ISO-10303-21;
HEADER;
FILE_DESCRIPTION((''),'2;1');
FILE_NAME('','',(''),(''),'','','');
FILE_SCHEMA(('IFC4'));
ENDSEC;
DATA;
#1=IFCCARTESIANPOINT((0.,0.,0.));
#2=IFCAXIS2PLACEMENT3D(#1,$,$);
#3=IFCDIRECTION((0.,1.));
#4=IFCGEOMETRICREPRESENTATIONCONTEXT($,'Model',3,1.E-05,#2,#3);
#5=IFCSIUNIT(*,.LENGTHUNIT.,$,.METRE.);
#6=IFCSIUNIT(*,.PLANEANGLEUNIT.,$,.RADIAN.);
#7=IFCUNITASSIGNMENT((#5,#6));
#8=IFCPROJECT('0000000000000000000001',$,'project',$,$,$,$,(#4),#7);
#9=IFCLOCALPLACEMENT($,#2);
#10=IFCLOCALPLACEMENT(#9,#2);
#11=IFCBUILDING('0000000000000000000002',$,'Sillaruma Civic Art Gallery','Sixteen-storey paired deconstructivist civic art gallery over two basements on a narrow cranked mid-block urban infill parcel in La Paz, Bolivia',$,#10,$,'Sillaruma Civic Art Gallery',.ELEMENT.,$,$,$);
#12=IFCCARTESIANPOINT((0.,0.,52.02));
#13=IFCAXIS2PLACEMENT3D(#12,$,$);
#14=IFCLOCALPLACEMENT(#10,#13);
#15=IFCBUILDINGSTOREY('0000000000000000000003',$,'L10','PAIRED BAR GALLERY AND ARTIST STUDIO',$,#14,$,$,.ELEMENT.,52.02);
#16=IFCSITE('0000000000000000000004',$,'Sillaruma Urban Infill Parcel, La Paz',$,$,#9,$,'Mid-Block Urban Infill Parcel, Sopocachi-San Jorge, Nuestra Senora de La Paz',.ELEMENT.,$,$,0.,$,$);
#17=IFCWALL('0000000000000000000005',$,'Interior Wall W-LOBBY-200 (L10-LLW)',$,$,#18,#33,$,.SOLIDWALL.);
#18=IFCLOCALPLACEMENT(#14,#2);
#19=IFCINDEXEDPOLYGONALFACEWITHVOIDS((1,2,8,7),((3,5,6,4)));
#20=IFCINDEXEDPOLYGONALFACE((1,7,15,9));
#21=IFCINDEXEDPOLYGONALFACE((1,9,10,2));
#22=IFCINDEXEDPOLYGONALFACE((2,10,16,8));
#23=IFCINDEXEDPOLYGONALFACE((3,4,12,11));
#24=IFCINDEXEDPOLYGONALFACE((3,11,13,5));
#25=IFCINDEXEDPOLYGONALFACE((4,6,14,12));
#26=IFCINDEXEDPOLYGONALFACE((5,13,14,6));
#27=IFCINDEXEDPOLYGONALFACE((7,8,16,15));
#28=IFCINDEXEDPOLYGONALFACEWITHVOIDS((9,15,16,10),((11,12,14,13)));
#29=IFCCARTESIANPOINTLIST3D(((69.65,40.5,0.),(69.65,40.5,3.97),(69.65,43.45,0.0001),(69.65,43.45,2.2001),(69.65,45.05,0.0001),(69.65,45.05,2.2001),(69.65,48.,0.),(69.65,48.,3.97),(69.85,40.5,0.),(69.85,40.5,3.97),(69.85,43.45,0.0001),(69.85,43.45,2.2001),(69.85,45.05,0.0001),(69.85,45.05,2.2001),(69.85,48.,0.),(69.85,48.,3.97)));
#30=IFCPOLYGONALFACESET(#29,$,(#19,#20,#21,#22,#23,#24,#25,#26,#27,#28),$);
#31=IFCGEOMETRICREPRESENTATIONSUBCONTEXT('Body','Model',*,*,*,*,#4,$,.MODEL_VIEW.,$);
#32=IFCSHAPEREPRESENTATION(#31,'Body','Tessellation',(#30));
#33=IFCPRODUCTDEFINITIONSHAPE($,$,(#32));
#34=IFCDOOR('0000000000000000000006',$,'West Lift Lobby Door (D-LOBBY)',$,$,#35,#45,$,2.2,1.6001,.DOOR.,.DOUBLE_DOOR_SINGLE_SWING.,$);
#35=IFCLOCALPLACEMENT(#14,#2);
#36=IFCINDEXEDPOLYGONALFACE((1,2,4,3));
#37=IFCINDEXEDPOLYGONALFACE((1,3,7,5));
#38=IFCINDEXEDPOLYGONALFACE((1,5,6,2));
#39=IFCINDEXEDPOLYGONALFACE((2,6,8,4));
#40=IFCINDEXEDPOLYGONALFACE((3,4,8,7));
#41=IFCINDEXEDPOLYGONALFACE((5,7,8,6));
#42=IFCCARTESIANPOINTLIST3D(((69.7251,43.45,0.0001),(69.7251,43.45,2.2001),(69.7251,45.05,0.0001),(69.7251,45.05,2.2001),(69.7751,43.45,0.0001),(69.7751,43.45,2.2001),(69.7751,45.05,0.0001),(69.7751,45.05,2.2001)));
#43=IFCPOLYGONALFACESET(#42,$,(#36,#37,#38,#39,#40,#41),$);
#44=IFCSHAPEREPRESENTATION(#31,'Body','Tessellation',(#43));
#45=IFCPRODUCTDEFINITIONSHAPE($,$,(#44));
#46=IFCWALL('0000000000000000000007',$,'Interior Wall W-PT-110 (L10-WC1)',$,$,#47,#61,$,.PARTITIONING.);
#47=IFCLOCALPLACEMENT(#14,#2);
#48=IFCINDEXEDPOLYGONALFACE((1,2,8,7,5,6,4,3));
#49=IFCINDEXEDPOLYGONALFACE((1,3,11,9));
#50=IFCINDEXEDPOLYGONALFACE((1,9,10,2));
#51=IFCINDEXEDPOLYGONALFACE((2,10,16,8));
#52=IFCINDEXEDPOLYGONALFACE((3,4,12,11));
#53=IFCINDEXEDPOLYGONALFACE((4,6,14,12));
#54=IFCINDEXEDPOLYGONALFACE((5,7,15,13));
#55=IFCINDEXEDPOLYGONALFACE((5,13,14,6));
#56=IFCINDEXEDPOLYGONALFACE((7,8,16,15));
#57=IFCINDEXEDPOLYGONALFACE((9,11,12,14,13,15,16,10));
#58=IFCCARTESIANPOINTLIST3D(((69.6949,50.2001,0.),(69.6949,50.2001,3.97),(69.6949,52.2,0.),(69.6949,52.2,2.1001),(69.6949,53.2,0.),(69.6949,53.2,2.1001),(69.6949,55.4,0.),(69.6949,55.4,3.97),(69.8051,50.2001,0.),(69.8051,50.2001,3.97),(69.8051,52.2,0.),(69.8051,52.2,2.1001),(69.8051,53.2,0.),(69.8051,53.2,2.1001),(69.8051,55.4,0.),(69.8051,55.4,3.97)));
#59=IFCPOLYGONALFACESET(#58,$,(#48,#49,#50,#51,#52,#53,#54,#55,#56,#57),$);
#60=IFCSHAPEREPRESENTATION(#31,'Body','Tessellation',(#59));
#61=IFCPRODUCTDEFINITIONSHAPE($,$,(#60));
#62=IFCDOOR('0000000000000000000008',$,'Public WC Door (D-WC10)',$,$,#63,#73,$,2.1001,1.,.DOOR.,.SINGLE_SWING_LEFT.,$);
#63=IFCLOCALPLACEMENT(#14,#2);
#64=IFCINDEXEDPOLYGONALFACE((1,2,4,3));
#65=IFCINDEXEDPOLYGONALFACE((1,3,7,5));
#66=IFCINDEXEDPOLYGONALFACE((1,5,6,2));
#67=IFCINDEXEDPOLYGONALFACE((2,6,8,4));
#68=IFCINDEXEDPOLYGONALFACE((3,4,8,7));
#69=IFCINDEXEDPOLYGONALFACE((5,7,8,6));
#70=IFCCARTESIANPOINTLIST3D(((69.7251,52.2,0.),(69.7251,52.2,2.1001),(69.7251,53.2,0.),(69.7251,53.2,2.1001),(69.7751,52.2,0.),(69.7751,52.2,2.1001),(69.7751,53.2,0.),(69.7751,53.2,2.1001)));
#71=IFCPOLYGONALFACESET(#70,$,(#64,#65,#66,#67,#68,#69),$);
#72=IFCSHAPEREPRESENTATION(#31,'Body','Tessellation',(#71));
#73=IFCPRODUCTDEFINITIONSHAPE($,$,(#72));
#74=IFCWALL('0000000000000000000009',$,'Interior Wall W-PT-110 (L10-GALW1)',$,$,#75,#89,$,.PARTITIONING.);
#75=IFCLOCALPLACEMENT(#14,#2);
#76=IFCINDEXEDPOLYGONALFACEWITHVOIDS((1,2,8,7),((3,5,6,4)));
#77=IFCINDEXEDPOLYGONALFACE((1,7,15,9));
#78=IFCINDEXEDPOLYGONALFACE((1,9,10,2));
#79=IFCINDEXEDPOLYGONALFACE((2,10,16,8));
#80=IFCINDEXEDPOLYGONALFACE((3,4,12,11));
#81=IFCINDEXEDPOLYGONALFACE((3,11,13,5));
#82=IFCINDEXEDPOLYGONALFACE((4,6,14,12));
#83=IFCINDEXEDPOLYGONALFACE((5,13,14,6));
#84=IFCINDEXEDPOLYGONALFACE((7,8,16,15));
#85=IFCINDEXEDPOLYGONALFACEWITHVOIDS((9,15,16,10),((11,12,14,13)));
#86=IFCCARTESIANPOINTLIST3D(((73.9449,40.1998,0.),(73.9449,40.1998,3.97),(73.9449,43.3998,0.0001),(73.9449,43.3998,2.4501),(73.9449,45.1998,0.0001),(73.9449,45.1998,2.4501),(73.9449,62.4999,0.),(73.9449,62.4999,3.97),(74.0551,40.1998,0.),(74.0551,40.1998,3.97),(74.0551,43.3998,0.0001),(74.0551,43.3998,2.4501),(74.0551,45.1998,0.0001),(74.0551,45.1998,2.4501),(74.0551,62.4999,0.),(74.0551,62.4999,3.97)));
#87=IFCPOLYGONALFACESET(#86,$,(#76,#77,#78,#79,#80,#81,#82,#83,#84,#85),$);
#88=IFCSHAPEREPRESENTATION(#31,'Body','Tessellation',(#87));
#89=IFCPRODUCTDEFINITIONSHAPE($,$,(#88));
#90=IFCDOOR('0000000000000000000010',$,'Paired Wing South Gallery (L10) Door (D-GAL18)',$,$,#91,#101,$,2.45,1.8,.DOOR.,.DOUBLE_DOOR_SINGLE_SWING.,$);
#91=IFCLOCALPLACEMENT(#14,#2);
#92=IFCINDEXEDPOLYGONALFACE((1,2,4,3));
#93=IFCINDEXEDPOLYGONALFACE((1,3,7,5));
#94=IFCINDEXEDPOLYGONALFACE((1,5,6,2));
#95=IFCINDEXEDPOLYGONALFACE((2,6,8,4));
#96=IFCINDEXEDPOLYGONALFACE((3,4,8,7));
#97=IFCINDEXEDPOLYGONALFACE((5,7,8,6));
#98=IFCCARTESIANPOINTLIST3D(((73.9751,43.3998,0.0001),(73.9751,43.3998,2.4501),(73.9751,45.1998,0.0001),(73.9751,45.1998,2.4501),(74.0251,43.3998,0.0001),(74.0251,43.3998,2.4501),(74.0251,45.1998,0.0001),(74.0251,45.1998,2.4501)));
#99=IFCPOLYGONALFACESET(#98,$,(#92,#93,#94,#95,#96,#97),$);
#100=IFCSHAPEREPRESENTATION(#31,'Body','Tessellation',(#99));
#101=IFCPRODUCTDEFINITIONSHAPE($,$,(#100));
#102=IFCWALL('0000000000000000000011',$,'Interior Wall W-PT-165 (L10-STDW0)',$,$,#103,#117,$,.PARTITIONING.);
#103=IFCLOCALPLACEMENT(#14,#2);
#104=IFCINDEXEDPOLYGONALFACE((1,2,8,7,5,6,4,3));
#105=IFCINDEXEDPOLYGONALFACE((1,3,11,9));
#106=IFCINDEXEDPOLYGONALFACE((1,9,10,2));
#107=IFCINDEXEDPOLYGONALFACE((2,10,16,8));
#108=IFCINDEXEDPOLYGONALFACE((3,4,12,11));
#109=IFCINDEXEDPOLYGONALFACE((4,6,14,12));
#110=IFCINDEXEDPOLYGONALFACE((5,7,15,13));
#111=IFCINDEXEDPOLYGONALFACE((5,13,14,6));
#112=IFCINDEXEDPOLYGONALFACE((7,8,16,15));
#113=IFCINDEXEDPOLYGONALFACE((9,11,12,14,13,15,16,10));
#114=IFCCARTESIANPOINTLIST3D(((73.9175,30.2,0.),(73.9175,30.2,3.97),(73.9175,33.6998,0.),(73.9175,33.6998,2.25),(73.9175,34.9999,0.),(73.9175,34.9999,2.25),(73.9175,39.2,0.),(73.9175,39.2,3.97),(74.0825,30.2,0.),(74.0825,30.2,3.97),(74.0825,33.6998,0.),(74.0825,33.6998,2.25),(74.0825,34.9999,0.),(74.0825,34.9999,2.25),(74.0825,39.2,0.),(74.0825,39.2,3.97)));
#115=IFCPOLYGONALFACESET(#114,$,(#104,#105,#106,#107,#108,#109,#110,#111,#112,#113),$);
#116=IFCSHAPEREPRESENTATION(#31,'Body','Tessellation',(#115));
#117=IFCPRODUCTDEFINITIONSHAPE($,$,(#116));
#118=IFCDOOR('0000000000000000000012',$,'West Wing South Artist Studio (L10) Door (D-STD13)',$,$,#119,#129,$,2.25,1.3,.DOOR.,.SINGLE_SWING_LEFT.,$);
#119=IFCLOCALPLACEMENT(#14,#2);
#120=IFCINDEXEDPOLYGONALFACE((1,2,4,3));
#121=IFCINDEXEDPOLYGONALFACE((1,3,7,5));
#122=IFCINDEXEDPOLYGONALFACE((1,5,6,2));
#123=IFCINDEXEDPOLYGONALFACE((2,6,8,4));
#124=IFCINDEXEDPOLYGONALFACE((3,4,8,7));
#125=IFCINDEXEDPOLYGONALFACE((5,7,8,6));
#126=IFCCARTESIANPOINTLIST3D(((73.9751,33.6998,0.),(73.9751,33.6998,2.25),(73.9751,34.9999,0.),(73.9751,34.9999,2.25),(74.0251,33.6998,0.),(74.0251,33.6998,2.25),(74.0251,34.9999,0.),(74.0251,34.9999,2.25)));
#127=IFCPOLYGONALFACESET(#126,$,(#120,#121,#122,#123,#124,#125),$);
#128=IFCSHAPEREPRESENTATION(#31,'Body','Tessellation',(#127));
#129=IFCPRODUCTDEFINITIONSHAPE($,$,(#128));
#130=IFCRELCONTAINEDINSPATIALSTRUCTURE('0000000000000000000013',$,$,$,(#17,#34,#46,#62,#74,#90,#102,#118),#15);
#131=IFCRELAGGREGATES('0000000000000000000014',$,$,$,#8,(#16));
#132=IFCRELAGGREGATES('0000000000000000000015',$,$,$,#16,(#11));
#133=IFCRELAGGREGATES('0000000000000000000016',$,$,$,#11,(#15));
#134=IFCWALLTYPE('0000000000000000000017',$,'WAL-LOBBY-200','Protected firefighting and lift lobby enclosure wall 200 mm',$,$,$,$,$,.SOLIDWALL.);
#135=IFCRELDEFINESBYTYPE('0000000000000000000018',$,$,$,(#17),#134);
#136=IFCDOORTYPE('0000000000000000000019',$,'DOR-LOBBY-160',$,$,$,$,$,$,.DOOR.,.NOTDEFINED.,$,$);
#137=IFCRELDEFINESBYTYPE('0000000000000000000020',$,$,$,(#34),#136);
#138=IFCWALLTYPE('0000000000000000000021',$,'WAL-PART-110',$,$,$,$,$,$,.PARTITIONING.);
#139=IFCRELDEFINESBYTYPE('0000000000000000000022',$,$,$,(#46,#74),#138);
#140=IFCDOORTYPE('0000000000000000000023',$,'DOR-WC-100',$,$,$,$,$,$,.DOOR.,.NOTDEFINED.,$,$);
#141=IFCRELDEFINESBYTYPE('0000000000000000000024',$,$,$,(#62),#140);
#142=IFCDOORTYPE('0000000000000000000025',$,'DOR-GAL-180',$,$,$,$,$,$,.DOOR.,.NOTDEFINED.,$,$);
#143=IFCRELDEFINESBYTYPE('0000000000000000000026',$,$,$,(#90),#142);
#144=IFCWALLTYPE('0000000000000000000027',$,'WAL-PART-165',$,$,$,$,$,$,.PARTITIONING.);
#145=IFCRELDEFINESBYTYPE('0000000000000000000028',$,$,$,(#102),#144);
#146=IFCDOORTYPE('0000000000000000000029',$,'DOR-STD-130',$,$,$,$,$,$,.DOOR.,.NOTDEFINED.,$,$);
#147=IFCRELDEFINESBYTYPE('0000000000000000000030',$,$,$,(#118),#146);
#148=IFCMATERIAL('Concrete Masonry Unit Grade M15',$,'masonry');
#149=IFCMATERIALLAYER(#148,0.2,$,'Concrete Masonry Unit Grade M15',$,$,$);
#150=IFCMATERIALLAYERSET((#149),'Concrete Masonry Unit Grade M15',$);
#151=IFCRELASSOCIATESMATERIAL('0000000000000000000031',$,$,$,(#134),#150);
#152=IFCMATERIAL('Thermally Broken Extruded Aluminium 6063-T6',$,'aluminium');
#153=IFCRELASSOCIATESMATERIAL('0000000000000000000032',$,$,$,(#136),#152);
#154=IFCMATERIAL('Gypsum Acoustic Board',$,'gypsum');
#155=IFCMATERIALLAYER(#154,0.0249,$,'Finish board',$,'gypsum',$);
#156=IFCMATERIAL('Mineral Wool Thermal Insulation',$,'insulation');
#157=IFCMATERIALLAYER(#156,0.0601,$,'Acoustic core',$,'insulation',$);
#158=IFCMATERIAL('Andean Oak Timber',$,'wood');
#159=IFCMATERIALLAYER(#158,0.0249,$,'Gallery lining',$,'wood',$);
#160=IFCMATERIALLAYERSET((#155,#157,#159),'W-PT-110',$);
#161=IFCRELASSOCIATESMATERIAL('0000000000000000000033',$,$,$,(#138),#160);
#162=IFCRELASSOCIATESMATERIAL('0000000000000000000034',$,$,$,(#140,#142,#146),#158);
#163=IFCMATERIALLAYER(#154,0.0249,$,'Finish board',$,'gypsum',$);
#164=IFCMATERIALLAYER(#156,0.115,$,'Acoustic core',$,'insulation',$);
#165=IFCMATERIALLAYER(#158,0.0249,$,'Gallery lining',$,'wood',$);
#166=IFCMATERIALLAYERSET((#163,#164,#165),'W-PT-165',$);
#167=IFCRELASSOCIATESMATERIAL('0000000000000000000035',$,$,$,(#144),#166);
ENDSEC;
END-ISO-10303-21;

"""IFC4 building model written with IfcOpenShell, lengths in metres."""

from ifc_helpers import new_model, si_unit, direction, frame, frame_2d, origin, place, context, subcontext, project, spatial, rectangle, extrude, material, layer, layer_set, type_object, element, fill, save


model = new_model("IFC4")

# Units and contexts
model_context = context("Model", 3, precision=1e-05, world=origin(), true_north=direction((0.0, 1.0)))
body_context = subcontext(model_context, "Body", "Model", "MODEL_VIEW")
ifc_project = project(units=[si_unit("LENGTHUNIT", "METRE"), si_unit("PLANEANGLEUNIT", "RADIAN")], contexts=[model_context])

# Site, building, storey
site_placement = place(None, origin())
site = spatial("IfcSite", under=ifc_project, at=site_placement, Name="Sillaruma Urban Infill Parcel, La Paz", LongName="Mid-Block Urban Infill Parcel, Sopocachi-San Jorge, Nuestra Senora de La Paz", CompositionType="ELEMENT", RefElevation=0.0)
building_placement = place(site_placement, origin())
building = spatial("IfcBuilding", under=site, at=building_placement, Name="Sillaruma Civic Art Gallery", Description="Sixteen-storey paired deconstructivist civic art gallery over two basements on a narrow cranked mid-block urban infill parcel in La Paz, Bolivia", LongName="Sillaruma Civic Art Gallery", CompositionType="ELEMENT")
storey_placement = place(building_placement, frame((0.0, 0.0, 52.02)))
storey = spatial("IfcBuildingStorey", under=building, at=storey_placement, Name="L10", Description="PAIRED BAR GALLERY AND ARTIST STUDIO", CompositionType="ELEMENT", Elevation=52.02)

# Shared definitions
ifc_material_1 = material(Name="Concrete Masonry Unit Grade M15", Category="masonry")
ifc_layer_1 = layer(ifc_material_1, 0.2, Name="Concrete Masonry Unit Grade M15")
ifc_layer_set_1 = layer_set([ifc_layer_1], Name="Concrete Masonry Unit Grade M15")
wall_type_1 = type_object("IfcWallType", Name="WAL-LOBBY-200", Description="Protected firefighting and lift lobby enclosure wall 200 mm", PredefinedType="SOLIDWALL", material=ifc_layer_set_1)

# Walls, openings, doors
wall_1_placement = place(storey_placement, frame((69.75, 40.5, 0.0), z_axis=(0.0, 0.0, 1.0), x_axis=(0.0, 1.0, 0.0)))
wall_1 = element("IfcWall", 1, at=wall_1_placement, inside=storey, type_object=wall_type_1, Name="Interior Wall W-LOBBY-200 (L10-LLW)", PredefinedType="SOLIDWALL", context=body_context, shape_type="SweptSolid", body=[
    extrude(rectangle(XDim=7.5, YDim=0.2, at=frame_2d((3.75, 0.0))), origin(), (0.0, 0.0, 1.0), 3.97),
])
opening_1_placement = place(wall_1_placement, frame((2.95, 0.0, 0.0)))
opening_1 = element("IfcOpeningElement", 2, at=opening_1_placement, cuts=wall_1, PredefinedType="OPENING", context=body_context, shape_type="SweptSolid", body=[
    extrude(rectangle(XDim=1.6001, YDim=2.2, at=frame_2d((0.8, 1.1001))), frame((0.0, 0.1099, 0.0), z_axis=(0.0, -1.0, 0.0), x_axis=(1.0, 0.0, 0.0)), (0.0, 0.0, 1.0), 0.22),
])
ifc_material_2 = material(Name="Thermally Broken Extruded Aluminium 6063-T6", Category="aluminium")
door_type_1 = type_object("IfcDoorType", Name="DOR-LOBBY-160", OperationType="NOTDEFINED", PredefinedType="DOOR", material=ifc_material_2)
door_1_placement = place(opening_1_placement, origin())
door_1 = element("IfcDoor", 3, at=door_1_placement, inside=storey, type_object=door_type_1, Name="West Lift Lobby Door (D-LOBBY)", OperationType="DOUBLE_DOOR_SINGLE_SWING", OverallHeight=2.2, OverallWidth=1.6001, PredefinedType="DOOR", context=body_context, shape_type="SweptSolid", body=[
    extrude(rectangle(XDim=1.6001, YDim=2.2, at=frame_2d((0.8, 1.1001))), frame((0.0, 0.0249, 0.0), z_axis=(0.0, -1.0, 0.0), x_axis=(1.0, 0.0, 0.0)), (0.0, 0.0, 1.0), 0.05),
])
fill(opening_1, door_1)
ifc_material_3 = material(Name="Gypsum Acoustic Board", Category="gypsum")
ifc_layer_2 = layer(ifc_material_3, 0.0249, Name="Finish board", Category="gypsum")
ifc_material_4 = material(Name="Mineral Wool Thermal Insulation", Category="insulation")
ifc_layer_3 = layer(ifc_material_4, 0.0601, Name="Acoustic core", Category="insulation")
ifc_material_5 = material(Name="Andean Oak Timber", Category="wood")
ifc_layer_4 = layer(ifc_material_5, 0.0249, Name="Gallery lining", Category="wood")
ifc_layer_set_2 = layer_set([ifc_layer_2, ifc_layer_3, ifc_layer_4], Name="W-PT-110")
wall_type_2 = type_object("IfcWallType", Name="WAL-PART-110", PredefinedType="PARTITIONING", material=ifc_layer_set_2)
wall_2_placement = place(storey_placement, frame((69.75, 50.2, 0.0), z_axis=(0.0, 0.0, 1.0), x_axis=(0.0, 1.0, 0.0)))
wall_2 = element("IfcWall", 4, at=wall_2_placement, inside=storey, type_object=wall_type_2, Name="Interior Wall W-PT-110 (L10-WC1)", PredefinedType="PARTITIONING", context=body_context, shape_type="SweptSolid", body=[
    extrude(rectangle(XDim=5.2, YDim=0.1101, at=frame_2d((2.6001, 0.0))), origin(), (0.0, 0.0, 1.0), 3.97),
])
opening_2_placement = place(wall_2_placement, frame((2.0, 0.0, 0.0)))
opening_2 = element("IfcOpeningElement", 5, at=opening_2_placement, cuts=wall_2, PredefinedType="OPENING", context=body_context, shape_type="SweptSolid", body=[
    extrude(rectangle(XDim=1.0, YDim=2.1001, at=frame_2d((0.5, 1.05))), frame((0.0, 0.0649, 0.0), z_axis=(0.0, -1.0, 0.0), x_axis=(1.0, 0.0, 0.0)), (0.0, 0.0, 1.0), 0.1301),
])
door_type_2 = type_object("IfcDoorType", Name="DOR-WC-100", OperationType="NOTDEFINED", PredefinedType="DOOR", material=ifc_material_5)
door_2_placement = place(opening_2_placement, origin())
door_2 = element("IfcDoor", 6, at=door_2_placement, inside=storey, type_object=door_type_2, Name="Public WC Door (D-WC10)", OperationType="SINGLE_SWING_LEFT", OverallHeight=2.1001, OverallWidth=1.0, PredefinedType="DOOR", context=body_context, shape_type="SweptSolid", body=[
    extrude(rectangle(XDim=1.0, YDim=2.1001, at=frame_2d((0.5, 1.05))), frame((0.0, 0.0249, 0.0), z_axis=(0.0, -1.0, 0.0), x_axis=(1.0, 0.0, 0.0)), (0.0, 0.0, 1.0), 0.05),
])
fill(opening_2, door_2)
wall_3_placement = place(storey_placement, frame((74.0, 40.2, 0.0), z_axis=(0.0, 0.0, 1.0), x_axis=(0.0, 1.0, 0.0)))
wall_3 = element("IfcWall", 7, at=wall_3_placement, inside=storey, type_object=wall_type_2, Name="Interior Wall W-PT-110 (L10-GALW1)", PredefinedType="PARTITIONING", context=body_context, shape_type="SweptSolid", body=[
    extrude(rectangle(XDim=22.3, YDim=0.1101, at=frame_2d((11.1499, 0.0))), origin(), (0.0, 0.0, 1.0), 3.97),
])
opening_3_placement = place(wall_3_placement, frame((3.2, 0.0, 0.0)))
opening_3 = element("IfcOpeningElement", 8, at=opening_3_placement, cuts=wall_3, PredefinedType="OPENING", context=body_context, shape_type="SweptSolid", body=[
    extrude(rectangle(XDim=1.8, YDim=2.45, at=frame_2d((0.8999, 1.2251))), frame((0.0, 0.0649, 0.0), z_axis=(0.0, -1.0, 0.0), x_axis=(1.0, 0.0, 0.0)), (0.0, 0.0, 1.0), 0.1301),
])
door_type_3 = type_object("IfcDoorType", Name="DOR-GAL-180", OperationType="NOTDEFINED", PredefinedType="DOOR", material=ifc_material_5)
door_3_placement = place(opening_3_placement, origin())
door_3 = element("IfcDoor", 9, at=door_3_placement, inside=storey, type_object=door_type_3, Name="Paired Wing South Gallery (L10) Door (D-GAL18)", OperationType="DOUBLE_DOOR_SINGLE_SWING", OverallHeight=2.45, OverallWidth=1.8, PredefinedType="DOOR", context=body_context, shape_type="SweptSolid", body=[
    extrude(rectangle(XDim=1.8, YDim=2.45, at=frame_2d((0.8999, 1.2251))), frame((0.0, 0.0249, 0.0), z_axis=(0.0, -1.0, 0.0), x_axis=(1.0, 0.0, 0.0)), (0.0, 0.0, 1.0), 0.05),
])
fill(opening_3, door_3)
ifc_layer_5 = layer(ifc_material_3, 0.0249, Name="Finish board", Category="gypsum")
ifc_layer_6 = layer(ifc_material_4, 0.115, Name="Acoustic core", Category="insulation")
ifc_layer_7 = layer(ifc_material_5, 0.0249, Name="Gallery lining", Category="wood")
ifc_layer_set_3 = layer_set([ifc_layer_5, ifc_layer_6, ifc_layer_7], Name="W-PT-165")
wall_type_3 = type_object("IfcWallType", Name="WAL-PART-165", PredefinedType="PARTITIONING", material=ifc_layer_set_3)
wall_4_placement = place(storey_placement, frame((74.0, 30.2, 0.0), z_axis=(0.0, 0.0, 1.0), x_axis=(0.0, 1.0, 0.0)))
wall_4 = element("IfcWall", 10, at=wall_4_placement, inside=storey, type_object=wall_type_3, Name="Interior Wall W-PT-165 (L10-STDW0)", PredefinedType="PARTITIONING", context=body_context, shape_type="SweptSolid", body=[
    extrude(rectangle(XDim=9.0, YDim=0.165, at=frame_2d((4.5, 0.0))), origin(), (0.0, 0.0, 1.0), 3.97),
])
opening_4_placement = place(wall_4_placement, frame((3.5, 0.0, 0.0)))
opening_4 = element("IfcOpeningElement", 11, at=opening_4_placement, cuts=wall_4, PredefinedType="OPENING", context=body_context, shape_type="SweptSolid", body=[
    extrude(rectangle(XDim=1.3, YDim=2.25, at=frame_2d((0.6499, 1.125))), frame((0.0, 0.0925, 0.0), z_axis=(0.0, -1.0, 0.0), x_axis=(1.0, 0.0, 0.0)), (0.0, 0.0, 1.0), 0.1851),
])
door_type_4 = type_object("IfcDoorType", Name="DOR-STD-130", OperationType="NOTDEFINED", PredefinedType="DOOR", material=ifc_material_5)
door_4_placement = place(opening_4_placement, origin())
door_4 = element("IfcDoor", 12, at=door_4_placement, inside=storey, type_object=door_type_4, Name="West Wing South Artist Studio (L10) Door (D-STD13)", OperationType="SINGLE_SWING_LEFT", OverallHeight=2.25, OverallWidth=1.3, PredefinedType="DOOR", context=body_context, shape_type="SweptSolid", body=[
    extrude(rectangle(XDim=1.3, YDim=2.25, at=frame_2d((0.6499, 1.125))), frame((0.0, 0.0249, 0.0), z_axis=(0.0, -1.0, 0.0), x_axis=(1.0, 0.0, 0.0)), (0.0, 0.0, 1.0), 0.05),
])
fill(opening_4, door_4)

save(model, "model.ifc")
